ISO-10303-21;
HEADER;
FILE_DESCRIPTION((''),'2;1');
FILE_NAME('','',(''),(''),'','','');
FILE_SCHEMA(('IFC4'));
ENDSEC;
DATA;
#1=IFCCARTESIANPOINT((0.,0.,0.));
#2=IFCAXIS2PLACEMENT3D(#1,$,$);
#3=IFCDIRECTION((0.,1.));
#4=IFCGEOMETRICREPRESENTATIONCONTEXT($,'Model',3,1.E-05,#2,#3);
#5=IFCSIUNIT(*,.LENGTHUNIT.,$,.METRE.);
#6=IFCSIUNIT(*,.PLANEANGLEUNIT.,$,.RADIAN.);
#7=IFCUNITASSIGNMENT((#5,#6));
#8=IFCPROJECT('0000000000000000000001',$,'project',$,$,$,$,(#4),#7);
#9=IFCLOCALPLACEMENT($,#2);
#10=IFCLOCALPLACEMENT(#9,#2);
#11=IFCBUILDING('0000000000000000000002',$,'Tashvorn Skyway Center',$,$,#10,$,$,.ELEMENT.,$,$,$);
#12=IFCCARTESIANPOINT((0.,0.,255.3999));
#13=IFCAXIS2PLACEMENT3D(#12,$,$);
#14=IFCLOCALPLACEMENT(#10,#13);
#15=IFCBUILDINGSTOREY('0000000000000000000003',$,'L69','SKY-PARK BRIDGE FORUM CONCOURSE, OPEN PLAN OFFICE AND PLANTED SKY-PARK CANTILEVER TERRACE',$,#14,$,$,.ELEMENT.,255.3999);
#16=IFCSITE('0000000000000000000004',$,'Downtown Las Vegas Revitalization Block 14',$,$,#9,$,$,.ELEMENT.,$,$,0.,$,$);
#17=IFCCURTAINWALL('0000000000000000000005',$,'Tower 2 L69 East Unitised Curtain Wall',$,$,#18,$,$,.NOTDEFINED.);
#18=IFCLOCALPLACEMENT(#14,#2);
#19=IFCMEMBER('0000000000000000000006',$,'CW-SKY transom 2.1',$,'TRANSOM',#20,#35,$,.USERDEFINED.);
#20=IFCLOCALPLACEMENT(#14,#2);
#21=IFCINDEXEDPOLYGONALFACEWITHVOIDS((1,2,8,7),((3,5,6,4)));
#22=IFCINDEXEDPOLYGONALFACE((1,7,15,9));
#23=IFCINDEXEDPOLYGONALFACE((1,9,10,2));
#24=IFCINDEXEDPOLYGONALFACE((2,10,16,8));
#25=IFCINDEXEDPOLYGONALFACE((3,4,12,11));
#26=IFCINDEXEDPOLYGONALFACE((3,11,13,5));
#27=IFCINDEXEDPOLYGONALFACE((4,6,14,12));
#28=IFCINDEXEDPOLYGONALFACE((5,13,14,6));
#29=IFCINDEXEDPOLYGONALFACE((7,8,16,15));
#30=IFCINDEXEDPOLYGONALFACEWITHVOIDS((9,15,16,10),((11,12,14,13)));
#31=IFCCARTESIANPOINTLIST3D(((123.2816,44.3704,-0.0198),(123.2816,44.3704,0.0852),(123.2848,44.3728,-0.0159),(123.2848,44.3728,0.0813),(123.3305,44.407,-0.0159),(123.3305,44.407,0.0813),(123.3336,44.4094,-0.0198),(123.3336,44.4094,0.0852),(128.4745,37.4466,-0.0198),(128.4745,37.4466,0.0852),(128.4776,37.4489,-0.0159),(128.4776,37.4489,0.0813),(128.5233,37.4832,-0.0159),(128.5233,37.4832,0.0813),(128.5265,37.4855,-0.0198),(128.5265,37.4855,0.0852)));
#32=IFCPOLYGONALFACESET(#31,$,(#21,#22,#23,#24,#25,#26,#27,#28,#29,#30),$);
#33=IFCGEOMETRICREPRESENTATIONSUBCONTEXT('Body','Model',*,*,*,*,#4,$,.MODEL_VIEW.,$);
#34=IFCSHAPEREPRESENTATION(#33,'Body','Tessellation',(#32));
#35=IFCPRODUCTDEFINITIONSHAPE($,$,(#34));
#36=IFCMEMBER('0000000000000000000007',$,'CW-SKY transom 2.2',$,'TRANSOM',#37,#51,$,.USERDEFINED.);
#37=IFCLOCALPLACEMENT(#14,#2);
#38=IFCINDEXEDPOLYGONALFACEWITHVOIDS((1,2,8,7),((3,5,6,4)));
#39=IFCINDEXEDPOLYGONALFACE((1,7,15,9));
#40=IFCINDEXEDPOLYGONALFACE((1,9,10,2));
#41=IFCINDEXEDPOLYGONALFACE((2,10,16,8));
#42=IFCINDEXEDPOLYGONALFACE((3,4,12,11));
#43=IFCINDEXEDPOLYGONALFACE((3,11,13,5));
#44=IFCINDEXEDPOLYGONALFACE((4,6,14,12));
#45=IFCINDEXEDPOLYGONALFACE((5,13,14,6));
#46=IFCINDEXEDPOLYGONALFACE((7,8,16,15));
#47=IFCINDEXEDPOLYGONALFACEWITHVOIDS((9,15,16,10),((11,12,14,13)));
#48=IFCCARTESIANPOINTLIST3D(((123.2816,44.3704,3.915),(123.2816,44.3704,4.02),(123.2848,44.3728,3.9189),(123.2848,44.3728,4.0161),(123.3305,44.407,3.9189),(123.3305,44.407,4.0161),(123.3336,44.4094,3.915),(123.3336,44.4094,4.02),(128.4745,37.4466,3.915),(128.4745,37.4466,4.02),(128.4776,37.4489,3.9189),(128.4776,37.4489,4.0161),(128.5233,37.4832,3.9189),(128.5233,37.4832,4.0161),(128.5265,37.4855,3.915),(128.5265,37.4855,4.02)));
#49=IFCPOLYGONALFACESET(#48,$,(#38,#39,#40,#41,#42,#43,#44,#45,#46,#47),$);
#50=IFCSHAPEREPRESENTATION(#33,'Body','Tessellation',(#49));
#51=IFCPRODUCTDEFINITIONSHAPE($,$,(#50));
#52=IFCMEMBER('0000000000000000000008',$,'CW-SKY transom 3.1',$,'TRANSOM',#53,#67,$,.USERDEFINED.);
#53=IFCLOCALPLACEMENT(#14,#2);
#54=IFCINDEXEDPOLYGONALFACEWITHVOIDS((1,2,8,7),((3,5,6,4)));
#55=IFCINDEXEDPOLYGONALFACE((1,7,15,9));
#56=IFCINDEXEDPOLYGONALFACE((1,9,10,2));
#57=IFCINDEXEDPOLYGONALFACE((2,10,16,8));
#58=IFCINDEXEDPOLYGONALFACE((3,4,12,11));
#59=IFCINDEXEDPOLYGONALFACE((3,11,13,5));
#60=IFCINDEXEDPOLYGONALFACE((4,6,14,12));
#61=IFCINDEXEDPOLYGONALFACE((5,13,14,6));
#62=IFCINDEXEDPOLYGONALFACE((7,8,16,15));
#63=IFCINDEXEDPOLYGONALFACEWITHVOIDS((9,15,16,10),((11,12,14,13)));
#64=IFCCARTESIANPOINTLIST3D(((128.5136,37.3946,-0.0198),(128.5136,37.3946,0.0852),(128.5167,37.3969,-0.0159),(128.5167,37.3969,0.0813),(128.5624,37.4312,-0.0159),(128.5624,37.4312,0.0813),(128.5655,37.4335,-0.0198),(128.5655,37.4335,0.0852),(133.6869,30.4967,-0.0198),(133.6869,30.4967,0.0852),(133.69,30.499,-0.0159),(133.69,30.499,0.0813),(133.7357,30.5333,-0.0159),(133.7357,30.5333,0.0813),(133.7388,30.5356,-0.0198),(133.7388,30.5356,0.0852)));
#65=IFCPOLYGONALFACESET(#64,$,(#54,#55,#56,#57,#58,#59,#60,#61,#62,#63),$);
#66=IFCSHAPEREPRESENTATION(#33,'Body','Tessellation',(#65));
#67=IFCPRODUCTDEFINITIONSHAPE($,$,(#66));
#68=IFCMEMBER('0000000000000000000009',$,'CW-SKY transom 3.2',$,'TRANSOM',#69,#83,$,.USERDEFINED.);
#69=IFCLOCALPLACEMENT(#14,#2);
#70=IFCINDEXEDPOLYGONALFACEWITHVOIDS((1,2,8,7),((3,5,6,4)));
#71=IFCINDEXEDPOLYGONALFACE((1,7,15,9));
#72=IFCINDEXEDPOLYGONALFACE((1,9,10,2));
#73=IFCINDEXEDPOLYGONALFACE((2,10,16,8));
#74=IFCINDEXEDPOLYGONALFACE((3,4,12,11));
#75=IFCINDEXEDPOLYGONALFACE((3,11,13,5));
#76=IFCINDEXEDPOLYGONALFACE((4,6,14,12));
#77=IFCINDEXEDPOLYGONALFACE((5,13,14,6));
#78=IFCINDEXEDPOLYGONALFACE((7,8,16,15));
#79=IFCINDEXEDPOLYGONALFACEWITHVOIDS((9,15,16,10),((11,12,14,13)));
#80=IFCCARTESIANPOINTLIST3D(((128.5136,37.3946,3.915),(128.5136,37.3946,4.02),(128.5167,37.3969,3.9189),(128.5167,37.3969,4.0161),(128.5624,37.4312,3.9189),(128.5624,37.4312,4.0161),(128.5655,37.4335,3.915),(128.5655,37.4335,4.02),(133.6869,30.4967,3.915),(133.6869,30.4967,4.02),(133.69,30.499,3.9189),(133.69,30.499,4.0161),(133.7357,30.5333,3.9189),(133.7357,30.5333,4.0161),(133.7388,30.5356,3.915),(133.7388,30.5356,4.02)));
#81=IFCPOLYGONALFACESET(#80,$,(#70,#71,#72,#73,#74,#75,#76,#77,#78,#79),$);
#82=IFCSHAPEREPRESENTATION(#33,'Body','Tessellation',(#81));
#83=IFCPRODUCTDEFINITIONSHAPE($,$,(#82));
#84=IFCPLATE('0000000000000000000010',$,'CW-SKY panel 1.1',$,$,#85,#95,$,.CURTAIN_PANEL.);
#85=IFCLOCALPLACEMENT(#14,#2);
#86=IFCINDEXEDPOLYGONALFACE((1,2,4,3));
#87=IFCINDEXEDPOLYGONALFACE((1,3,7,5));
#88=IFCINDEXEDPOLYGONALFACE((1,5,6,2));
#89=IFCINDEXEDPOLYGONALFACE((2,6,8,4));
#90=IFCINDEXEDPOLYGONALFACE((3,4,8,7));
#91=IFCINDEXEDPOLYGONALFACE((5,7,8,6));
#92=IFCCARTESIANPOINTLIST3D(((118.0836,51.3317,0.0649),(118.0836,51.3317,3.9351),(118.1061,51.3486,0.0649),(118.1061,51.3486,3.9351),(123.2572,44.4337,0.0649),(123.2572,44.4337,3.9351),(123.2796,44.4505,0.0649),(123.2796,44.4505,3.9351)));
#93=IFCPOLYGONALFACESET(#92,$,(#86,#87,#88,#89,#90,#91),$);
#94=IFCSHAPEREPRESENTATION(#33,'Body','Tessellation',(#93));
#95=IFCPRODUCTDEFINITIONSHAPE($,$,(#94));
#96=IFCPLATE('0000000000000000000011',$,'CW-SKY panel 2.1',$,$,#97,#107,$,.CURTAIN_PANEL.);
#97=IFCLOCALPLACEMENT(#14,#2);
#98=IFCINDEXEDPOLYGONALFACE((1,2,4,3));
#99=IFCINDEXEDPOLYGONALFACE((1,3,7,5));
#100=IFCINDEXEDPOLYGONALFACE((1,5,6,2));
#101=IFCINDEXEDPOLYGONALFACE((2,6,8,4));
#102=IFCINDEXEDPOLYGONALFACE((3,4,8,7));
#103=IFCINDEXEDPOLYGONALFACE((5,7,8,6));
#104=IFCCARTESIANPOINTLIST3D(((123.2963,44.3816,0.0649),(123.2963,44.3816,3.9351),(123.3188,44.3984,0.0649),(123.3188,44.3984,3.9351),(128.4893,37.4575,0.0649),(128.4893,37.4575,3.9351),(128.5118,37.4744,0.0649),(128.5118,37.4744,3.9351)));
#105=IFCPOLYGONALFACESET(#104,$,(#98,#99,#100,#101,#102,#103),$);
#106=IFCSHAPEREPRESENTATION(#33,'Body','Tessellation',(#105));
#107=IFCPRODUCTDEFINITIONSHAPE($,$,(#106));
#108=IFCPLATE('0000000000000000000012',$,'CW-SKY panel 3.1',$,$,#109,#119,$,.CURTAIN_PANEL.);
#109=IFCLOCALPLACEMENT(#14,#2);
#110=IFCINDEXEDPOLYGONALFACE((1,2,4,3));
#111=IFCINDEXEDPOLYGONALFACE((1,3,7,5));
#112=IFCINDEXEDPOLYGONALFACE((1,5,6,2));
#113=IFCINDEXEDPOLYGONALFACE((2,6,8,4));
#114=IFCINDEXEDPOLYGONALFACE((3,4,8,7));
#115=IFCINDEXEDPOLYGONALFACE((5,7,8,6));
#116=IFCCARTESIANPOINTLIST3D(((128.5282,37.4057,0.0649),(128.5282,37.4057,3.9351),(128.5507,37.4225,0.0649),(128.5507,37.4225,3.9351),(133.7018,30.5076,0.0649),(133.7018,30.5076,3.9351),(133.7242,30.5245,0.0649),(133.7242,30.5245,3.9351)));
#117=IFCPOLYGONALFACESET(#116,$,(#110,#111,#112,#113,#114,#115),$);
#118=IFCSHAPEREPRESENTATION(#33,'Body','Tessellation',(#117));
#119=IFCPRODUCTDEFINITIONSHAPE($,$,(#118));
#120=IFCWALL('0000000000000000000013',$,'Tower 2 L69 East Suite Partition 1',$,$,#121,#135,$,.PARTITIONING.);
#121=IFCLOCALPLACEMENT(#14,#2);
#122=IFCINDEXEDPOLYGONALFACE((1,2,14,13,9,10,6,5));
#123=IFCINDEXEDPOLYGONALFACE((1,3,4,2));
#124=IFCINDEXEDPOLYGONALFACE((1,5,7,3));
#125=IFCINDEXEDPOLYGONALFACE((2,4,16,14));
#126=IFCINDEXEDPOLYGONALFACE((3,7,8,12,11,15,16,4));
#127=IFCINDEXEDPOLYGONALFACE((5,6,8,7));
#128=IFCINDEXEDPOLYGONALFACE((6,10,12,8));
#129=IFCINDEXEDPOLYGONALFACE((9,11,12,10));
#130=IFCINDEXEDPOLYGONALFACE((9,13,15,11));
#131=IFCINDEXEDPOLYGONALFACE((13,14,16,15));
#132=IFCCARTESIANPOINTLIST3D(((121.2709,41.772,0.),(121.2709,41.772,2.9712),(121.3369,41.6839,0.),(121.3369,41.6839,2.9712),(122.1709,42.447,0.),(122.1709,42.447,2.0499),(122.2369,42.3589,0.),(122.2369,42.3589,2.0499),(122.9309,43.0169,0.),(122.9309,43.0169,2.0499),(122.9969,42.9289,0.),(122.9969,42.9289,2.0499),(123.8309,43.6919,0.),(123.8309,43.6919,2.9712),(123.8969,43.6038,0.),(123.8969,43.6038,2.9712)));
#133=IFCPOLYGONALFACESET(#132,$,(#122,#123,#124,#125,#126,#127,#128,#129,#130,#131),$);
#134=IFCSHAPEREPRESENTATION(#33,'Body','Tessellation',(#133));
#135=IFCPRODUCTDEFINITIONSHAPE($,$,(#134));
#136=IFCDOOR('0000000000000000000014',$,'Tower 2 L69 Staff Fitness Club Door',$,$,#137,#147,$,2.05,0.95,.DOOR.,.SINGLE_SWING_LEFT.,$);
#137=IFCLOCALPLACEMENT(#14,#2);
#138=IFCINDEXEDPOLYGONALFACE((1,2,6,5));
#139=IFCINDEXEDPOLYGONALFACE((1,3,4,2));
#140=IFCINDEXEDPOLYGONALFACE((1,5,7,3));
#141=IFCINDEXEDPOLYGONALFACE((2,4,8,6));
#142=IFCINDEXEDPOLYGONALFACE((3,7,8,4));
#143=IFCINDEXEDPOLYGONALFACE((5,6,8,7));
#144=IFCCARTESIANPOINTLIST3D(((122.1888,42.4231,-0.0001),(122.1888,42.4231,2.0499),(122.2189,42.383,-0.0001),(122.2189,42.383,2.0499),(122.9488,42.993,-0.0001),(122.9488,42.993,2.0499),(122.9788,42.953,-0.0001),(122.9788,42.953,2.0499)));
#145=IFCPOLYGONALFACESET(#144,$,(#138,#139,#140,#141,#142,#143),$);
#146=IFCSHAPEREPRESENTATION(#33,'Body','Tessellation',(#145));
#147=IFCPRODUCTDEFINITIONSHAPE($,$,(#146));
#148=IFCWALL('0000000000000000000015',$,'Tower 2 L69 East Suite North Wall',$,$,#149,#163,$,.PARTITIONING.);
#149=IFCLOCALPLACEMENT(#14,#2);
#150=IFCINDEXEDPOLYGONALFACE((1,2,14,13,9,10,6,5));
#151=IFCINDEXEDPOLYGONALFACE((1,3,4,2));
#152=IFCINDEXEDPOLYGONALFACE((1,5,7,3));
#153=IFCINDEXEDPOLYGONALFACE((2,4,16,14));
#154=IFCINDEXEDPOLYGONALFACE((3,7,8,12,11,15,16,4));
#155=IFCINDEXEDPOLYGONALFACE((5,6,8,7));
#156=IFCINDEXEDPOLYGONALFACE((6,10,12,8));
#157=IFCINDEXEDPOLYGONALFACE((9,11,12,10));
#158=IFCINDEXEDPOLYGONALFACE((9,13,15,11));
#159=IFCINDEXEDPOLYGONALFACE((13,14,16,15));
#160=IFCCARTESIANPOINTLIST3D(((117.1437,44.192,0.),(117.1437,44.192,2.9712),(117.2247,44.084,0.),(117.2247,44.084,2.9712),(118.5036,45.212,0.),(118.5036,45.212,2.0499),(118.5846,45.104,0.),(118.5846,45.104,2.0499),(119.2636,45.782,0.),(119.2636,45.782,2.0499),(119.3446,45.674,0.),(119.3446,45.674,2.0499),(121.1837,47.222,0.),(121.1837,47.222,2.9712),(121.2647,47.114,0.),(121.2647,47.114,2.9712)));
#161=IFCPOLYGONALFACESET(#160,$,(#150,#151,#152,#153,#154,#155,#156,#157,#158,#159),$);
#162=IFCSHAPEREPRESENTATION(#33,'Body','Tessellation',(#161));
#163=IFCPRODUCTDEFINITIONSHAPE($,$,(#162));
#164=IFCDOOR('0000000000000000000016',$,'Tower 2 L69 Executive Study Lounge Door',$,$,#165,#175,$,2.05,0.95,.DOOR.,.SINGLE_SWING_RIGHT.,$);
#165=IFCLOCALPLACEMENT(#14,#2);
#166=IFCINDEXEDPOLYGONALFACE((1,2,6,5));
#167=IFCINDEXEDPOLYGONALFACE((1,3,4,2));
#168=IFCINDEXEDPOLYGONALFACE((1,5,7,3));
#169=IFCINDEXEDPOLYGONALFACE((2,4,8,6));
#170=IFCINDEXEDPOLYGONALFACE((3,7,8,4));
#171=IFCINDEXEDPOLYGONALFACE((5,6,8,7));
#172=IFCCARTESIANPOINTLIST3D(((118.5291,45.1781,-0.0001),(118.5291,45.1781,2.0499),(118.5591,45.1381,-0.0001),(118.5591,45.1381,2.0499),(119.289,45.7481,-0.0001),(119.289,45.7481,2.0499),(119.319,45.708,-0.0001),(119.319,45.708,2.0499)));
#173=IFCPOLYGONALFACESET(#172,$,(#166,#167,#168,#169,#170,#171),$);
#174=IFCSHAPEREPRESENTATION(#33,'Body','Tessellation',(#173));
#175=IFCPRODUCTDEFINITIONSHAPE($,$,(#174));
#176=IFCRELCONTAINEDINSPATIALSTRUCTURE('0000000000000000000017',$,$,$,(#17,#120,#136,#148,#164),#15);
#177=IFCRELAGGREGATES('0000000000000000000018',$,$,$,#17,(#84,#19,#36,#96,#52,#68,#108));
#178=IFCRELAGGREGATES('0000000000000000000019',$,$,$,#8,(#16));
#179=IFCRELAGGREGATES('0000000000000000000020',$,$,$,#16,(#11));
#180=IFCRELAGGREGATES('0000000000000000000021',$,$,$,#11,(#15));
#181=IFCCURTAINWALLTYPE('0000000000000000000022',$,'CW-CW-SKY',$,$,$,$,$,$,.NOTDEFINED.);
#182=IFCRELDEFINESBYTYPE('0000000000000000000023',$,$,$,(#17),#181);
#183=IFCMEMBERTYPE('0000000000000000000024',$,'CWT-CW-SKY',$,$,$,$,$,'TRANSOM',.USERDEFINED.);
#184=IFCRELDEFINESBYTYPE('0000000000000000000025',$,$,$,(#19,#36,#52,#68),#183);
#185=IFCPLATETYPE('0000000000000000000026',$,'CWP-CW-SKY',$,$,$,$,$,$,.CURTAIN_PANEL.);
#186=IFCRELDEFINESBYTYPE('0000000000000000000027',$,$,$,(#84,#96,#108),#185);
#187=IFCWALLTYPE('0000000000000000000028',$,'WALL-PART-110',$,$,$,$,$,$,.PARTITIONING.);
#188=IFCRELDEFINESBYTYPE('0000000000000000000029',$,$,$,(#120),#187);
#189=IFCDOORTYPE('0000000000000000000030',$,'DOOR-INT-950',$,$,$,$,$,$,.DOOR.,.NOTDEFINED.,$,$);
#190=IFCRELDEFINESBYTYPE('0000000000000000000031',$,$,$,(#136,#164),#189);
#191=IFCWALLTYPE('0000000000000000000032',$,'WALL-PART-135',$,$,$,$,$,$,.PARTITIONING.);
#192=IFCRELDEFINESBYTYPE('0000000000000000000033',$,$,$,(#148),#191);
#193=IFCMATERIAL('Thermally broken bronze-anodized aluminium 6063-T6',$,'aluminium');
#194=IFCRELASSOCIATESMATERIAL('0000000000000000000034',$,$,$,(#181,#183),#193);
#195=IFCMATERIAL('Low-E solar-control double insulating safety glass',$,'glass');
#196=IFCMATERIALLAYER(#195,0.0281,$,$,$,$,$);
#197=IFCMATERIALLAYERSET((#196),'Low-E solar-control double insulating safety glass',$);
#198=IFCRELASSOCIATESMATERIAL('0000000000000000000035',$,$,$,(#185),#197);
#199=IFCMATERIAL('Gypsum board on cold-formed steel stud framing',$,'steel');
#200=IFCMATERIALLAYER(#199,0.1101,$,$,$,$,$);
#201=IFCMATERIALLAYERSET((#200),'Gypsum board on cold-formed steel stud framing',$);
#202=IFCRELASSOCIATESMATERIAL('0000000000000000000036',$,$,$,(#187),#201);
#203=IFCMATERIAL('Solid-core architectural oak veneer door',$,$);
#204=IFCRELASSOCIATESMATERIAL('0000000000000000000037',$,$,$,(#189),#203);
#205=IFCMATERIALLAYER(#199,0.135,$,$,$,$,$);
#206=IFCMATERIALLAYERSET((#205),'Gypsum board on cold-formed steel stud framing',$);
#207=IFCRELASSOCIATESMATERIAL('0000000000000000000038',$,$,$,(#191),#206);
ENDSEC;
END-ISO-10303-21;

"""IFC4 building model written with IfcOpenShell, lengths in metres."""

from ifc_helpers import new_model, si_unit, direction, frame, frame_2d, origin, origin_2d, place, context, subcontext, project, spatial, rectangle, hollow_rectangle, extrude, material, layer, layer_set, material_profile, profile_set, type_object, element, fill, aggregate, save


model = new_model("IFC4")

# Units and contexts
model_context = context("Model", 3, precision=1e-05, world=origin(), true_north=direction((0.0, 1.0)))
body_context = subcontext(model_context, "Body", "Model", "MODEL_VIEW")
ifc_project = project(units=[si_unit("LENGTHUNIT", "METRE"), si_unit("PLANEANGLEUNIT", "RADIAN")], contexts=[model_context])

# Site, building, storey
site_placement = place(None, origin())
site = spatial("IfcSite", under=ifc_project, at=site_placement, Name="Downtown Las Vegas Revitalization Block 14", CompositionType="ELEMENT", RefElevation=0.0)
building_placement = place(site_placement, origin())
building = spatial("IfcBuilding", under=site, at=building_placement, Name="Tashvorn Skyway Center", CompositionType="ELEMENT")
storey_placement = place(building_placement, frame((0.0, 0.0, 255.3999)))
storey = spatial("IfcBuildingStorey", under=building, at=storey_placement, Name="L69", Description="SKY-PARK BRIDGE FORUM CONCOURSE, OPEN PLAN OFFICE AND PLANTED SKY-PARK CANTILEVER TERRACE", CompositionType="ELEMENT", Elevation=255.3999)

# Curtain wall, members, plates
ifc_material_1 = material(Name="Thermally broken bronze-anodized aluminium 6063-T6", Category="aluminium")
curtain_wall_type = type_object("IfcCurtainWallType", Name="CW-CW-SKY", PredefinedType="NOTDEFINED", material=ifc_material_1)
curtain_wall_placement = place(storey_placement, origin())
curtain_wall = element("IfcCurtainWall", 1, at=curtain_wall_placement, inside=storey, type_object=curtain_wall_type, Name="Tower 2 L69 East Unitised Curtain Wall", PredefinedType="NOTDEFINED")
ifc_material_profile_1 = material_profile(ifc_material_1, hollow_rectangle(XDim=0.0649, YDim=0.105, WallThickness=0.0039, at=origin_2d()), Name="ALU-TRAN-65x105")
ifc_profile_set_1 = profile_set([ifc_material_profile_1], Name="Thermally broken bronze-anodized aluminium 6063-T6")
member_type_1 = type_object("IfcMemberType", Name="CWT-CW-SKY", ElementType="TRANSOM", PredefinedType="USERDEFINED", material=ifc_profile_set_1)
member_1_placement = place(storey_placement, frame((123.3076, 44.3899, 0.0327), z_axis=(0.6, -0.8, 0.0), x_axis=(0.8, 0.6, 0.0)))
member_1 = element("IfcMember", 2, at=member_1_placement, type_object=member_type_1, Name="CW-SKY transom 2.1", ObjectType="TRANSOM", PredefinedType="USERDEFINED", context=body_context, shape_type="SweptSolid", body=[
    extrude(hollow_rectangle(XDim=0.0649, YDim=0.105, WallThickness=0.0039, at=origin_2d()), origin(), (0.0, 0.0, 1.0), 8.6548),
])
member_2_placement = place(storey_placement, frame((123.3076, 44.3899, 3.9675), z_axis=(0.6, -0.8, 0.0), x_axis=(0.8, 0.6, 0.0)))
member_2 = element("IfcMember", 3, at=member_2_placement, type_object=member_type_1, Name="CW-SKY transom 2.2", ObjectType="TRANSOM", PredefinedType="USERDEFINED", context=body_context, shape_type="SweptSolid", body=[
    extrude(hollow_rectangle(XDim=0.0649, YDim=0.105, WallThickness=0.0039, at=origin_2d()), origin(), (0.0, 0.0, 1.0), 8.6548),
])
member_3_placement = place(storey_placement, frame((128.5396, 37.4141, 0.0327), z_axis=(0.599991, -0.800007, 0.0), x_axis=(0.800007, 0.599991, 0.0)))
member_3 = element("IfcMember", 4, at=member_3_placement, type_object=member_type_1, Name="CW-SKY transom 3.1", ObjectType="TRANSOM", PredefinedType="USERDEFINED", context=body_context, shape_type="SweptSolid", body=[
    extrude(hollow_rectangle(XDim=0.0649, YDim=0.105, WallThickness=0.0039, at=origin_2d()), origin(), (0.0, 0.0, 1.0), 8.6223),
])
member_4_placement = place(storey_placement, frame((128.5396, 37.4141, 3.9675), z_axis=(0.599991, -0.800007, 0.0), x_axis=(0.800007, 0.599991, 0.0)))
member_4 = element("IfcMember", 5, at=member_4_placement, type_object=member_type_1, Name="CW-SKY transom 3.2", ObjectType="TRANSOM", PredefinedType="USERDEFINED", context=body_context, shape_type="SweptSolid", body=[
    extrude(hollow_rectangle(XDim=0.0649, YDim=0.105, WallThickness=0.0039, at=origin_2d()), origin(), (0.0, 0.0, 1.0), 8.6223),
])
ifc_material_2 = material(Name="Low-E solar-control double insulating safety glass", Category="glass")
ifc_layer_1 = layer(ifc_material_2, 0.0281)
ifc_layer_set_1 = layer_set([ifc_layer_1], Name="Low-E solar-control double insulating safety glass")
plate_type = type_object("IfcPlateType", Name="CWP-CW-SKY", PredefinedType="CURTAIN_PANEL", material=ifc_layer_set_1)
plate_1_placement = place(storey_placement, frame((120.6816, 47.8911, 0.0649), z_axis=(0.0, 0.0, 1.0), x_axis=(0.6, -0.8, 0.0)))
plate_1 = element("IfcPlate", 6, at=plate_1_placement, type_object=plate_type, Name="CW-SKY panel 1.1", PredefinedType="CURTAIN_PANEL", context=body_context, shape_type="SweptSolid", body=[
    extrude(rectangle(XDim=8.6226, YDim=0.0281, at=origin_2d()), origin(), (0.0, 0.0, 1.0), 3.8701),
])
plate_2_placement = place(storey_placement, frame((125.9041, 40.928, 0.0649), z_axis=(0.0, 0.0, 1.0), x_axis=(0.6, -0.8, 0.0)))
plate_2 = element("IfcPlate", 7, at=plate_2_placement, type_object=plate_type, Name="CW-SKY panel 2.1", PredefinedType="CURTAIN_PANEL", context=body_context, shape_type="SweptSolid", body=[
    extrude(rectangle(XDim=8.655, YDim=0.0281, at=origin_2d()), origin(), (0.0, 0.0, 1.0), 3.8701),
])
plate_3_placement = place(storey_placement, frame((131.1262, 33.9651, 0.0649), z_axis=(0.0, 0.0, 1.0), x_axis=(0.6, -0.8, 0.0)))
plate_3 = element("IfcPlate", 8, at=plate_3_placement, type_object=plate_type, Name="CW-SKY panel 3.1", PredefinedType="CURTAIN_PANEL", context=body_context, shape_type="SweptSolid", body=[
    extrude(rectangle(XDim=8.6226, YDim=0.0281, at=origin_2d()), origin(), (0.0, 0.0, 1.0), 3.8701),
])
aggregate(curtain_wall, [plate_1, member_1, member_2, plate_2, member_3, member_4, plate_3])

# Walls, openings, doors
ifc_material_3 = material(Name="Gypsum board on cold-formed steel stud framing", Category="steel")
ifc_layer_2 = layer(ifc_material_3, 0.1101)
ifc_layer_set_2 = layer_set([ifc_layer_2], Name="Gypsum board on cold-formed steel stud framing")
wall_type_1 = type_object("IfcWallType", Name="WALL-PART-110", PredefinedType="PARTITIONING", material=ifc_layer_set_2)
wall_1_placement = place(storey_placement, frame((123.864, 43.6479, 0.0), z_axis=(0.0, 0.0, 1.0), x_axis=(-0.800018, -0.599976, 0.0)))
wall_1 = element("IfcWall", 9, at=wall_1_placement, inside=storey, type_object=wall_type_1, Name="Tower 2 L69 East Suite Partition 1", PredefinedType="PARTITIONING", context=body_context, shape_type="SweptSolid", body=[
    extrude(rectangle(XDim=3.2, YDim=0.1101, at=frame_2d((1.6001, 0.0))), origin(), (0.0, 0.0, 1.0), 2.9712),
])
opening_1_placement = place(wall_1_placement, frame((1.125, 0.0, 0.0)))
opening_1 = element("IfcOpeningElement", 10, at=opening_1_placement, cuts=wall_1, PredefinedType="OPENING", context=body_context, shape_type="SweptSolid", body=[
    extrude(rectangle(XDim=0.95, YDim=2.05, at=frame_2d((0.4751, 1.0249))), frame((0.0, 0.0649, 0.0), z_axis=(0.0, -1.0, 0.0), x_axis=(1.0, 0.0, 0.0)), (0.0, 0.0, 1.0), 0.1301),
])
ifc_material_4 = material(Name="Solid-core architectural oak veneer door")
door_type_1 = type_object("IfcDoorType", Name="DOOR-INT-950", OperationType="NOTDEFINED", PredefinedType="DOOR", material=ifc_material_4)
door_1_placement = place(opening_1_placement, origin())
door_1 = element("IfcDoor", 11, at=door_1_placement, inside=storey, type_object=door_type_1, Name="Tower 2 L69 Staff Fitness Club Door", OperationType="SINGLE_SWING_LEFT", OverallHeight=2.05, OverallWidth=0.95, PredefinedType="DOOR", context=body_context, shape_type="SweptSolid", body=[
    extrude(rectangle(XDim=0.95, YDim=2.05, at=frame_2d((0.4751, 1.0249))), frame((0.0, 0.0249, 0.0), z_axis=(0.0, -1.0, 0.0), x_axis=(1.0, 0.0, 0.0)), (0.0, 0.0, 1.0), 0.05),
])
fill(opening_1, door_1)
ifc_layer_3 = layer(ifc_material_3, 0.135)
ifc_layer_set_3 = layer_set([ifc_layer_3], Name="Gypsum board on cold-formed steel stud framing")
wall_type_2 = type_object("IfcWallType", Name="WALL-PART-135", PredefinedType="PARTITIONING", material=ifc_layer_set_3)
wall_2_placement = place(storey_placement, frame((121.2241, 47.168, 0.0), z_axis=(0.0, 0.0, 1.0), x_axis=(-0.8, -0.6, 0.0)))
wall_2 = element("IfcWall", 12, at=wall_2_placement, inside=storey, type_object=wall_type_2, Name="Tower 2 L69 East Suite North Wall", PredefinedType="PARTITIONING", context=body_context, shape_type="SweptSolid", body=[
    extrude(rectangle(XDim=5.05, YDim=0.135, at=frame_2d((2.5249, 0.0))), origin(), (0.0, 0.0, 1.0), 2.9712),
])
opening_2_placement = place(wall_2_placement, frame((2.3999, 0.0, 0.0)))
opening_2 = element("IfcOpeningElement", 13, at=opening_2_placement, cuts=wall_2, PredefinedType="OPENING", context=body_context, shape_type="SweptSolid", body=[
    extrude(rectangle(XDim=0.95, YDim=2.05, at=frame_2d((0.4751, 1.0249))), frame((0.0, 0.0774, 0.0), z_axis=(0.0, -1.0, 0.0), x_axis=(1.0, 0.0, 0.0)), (0.0, 0.0, 1.0), 0.155),
])
door_2_placement = place(opening_2_placement, origin())
door_2 = element("IfcDoor", 14, at=door_2_placement, inside=storey, type_object=door_type_1, Name="Tower 2 L69 Executive Study Lounge Door", OperationType="SINGLE_SWING_RIGHT", OverallHeight=2.05, OverallWidth=0.95, PredefinedType="DOOR", context=body_context, shape_type="SweptSolid", body=[
    extrude(rectangle(XDim=0.95, YDim=2.05, at=frame_2d((0.4751, 1.0249))), frame((0.0, 0.0249, 0.0), z_axis=(0.0, -1.0, 0.0), x_axis=(1.0, 0.0, 0.0)), (0.0, 0.0, 1.0), 0.05),
])
fill(opening_2, door_2)

save(model, "model.ifc")
